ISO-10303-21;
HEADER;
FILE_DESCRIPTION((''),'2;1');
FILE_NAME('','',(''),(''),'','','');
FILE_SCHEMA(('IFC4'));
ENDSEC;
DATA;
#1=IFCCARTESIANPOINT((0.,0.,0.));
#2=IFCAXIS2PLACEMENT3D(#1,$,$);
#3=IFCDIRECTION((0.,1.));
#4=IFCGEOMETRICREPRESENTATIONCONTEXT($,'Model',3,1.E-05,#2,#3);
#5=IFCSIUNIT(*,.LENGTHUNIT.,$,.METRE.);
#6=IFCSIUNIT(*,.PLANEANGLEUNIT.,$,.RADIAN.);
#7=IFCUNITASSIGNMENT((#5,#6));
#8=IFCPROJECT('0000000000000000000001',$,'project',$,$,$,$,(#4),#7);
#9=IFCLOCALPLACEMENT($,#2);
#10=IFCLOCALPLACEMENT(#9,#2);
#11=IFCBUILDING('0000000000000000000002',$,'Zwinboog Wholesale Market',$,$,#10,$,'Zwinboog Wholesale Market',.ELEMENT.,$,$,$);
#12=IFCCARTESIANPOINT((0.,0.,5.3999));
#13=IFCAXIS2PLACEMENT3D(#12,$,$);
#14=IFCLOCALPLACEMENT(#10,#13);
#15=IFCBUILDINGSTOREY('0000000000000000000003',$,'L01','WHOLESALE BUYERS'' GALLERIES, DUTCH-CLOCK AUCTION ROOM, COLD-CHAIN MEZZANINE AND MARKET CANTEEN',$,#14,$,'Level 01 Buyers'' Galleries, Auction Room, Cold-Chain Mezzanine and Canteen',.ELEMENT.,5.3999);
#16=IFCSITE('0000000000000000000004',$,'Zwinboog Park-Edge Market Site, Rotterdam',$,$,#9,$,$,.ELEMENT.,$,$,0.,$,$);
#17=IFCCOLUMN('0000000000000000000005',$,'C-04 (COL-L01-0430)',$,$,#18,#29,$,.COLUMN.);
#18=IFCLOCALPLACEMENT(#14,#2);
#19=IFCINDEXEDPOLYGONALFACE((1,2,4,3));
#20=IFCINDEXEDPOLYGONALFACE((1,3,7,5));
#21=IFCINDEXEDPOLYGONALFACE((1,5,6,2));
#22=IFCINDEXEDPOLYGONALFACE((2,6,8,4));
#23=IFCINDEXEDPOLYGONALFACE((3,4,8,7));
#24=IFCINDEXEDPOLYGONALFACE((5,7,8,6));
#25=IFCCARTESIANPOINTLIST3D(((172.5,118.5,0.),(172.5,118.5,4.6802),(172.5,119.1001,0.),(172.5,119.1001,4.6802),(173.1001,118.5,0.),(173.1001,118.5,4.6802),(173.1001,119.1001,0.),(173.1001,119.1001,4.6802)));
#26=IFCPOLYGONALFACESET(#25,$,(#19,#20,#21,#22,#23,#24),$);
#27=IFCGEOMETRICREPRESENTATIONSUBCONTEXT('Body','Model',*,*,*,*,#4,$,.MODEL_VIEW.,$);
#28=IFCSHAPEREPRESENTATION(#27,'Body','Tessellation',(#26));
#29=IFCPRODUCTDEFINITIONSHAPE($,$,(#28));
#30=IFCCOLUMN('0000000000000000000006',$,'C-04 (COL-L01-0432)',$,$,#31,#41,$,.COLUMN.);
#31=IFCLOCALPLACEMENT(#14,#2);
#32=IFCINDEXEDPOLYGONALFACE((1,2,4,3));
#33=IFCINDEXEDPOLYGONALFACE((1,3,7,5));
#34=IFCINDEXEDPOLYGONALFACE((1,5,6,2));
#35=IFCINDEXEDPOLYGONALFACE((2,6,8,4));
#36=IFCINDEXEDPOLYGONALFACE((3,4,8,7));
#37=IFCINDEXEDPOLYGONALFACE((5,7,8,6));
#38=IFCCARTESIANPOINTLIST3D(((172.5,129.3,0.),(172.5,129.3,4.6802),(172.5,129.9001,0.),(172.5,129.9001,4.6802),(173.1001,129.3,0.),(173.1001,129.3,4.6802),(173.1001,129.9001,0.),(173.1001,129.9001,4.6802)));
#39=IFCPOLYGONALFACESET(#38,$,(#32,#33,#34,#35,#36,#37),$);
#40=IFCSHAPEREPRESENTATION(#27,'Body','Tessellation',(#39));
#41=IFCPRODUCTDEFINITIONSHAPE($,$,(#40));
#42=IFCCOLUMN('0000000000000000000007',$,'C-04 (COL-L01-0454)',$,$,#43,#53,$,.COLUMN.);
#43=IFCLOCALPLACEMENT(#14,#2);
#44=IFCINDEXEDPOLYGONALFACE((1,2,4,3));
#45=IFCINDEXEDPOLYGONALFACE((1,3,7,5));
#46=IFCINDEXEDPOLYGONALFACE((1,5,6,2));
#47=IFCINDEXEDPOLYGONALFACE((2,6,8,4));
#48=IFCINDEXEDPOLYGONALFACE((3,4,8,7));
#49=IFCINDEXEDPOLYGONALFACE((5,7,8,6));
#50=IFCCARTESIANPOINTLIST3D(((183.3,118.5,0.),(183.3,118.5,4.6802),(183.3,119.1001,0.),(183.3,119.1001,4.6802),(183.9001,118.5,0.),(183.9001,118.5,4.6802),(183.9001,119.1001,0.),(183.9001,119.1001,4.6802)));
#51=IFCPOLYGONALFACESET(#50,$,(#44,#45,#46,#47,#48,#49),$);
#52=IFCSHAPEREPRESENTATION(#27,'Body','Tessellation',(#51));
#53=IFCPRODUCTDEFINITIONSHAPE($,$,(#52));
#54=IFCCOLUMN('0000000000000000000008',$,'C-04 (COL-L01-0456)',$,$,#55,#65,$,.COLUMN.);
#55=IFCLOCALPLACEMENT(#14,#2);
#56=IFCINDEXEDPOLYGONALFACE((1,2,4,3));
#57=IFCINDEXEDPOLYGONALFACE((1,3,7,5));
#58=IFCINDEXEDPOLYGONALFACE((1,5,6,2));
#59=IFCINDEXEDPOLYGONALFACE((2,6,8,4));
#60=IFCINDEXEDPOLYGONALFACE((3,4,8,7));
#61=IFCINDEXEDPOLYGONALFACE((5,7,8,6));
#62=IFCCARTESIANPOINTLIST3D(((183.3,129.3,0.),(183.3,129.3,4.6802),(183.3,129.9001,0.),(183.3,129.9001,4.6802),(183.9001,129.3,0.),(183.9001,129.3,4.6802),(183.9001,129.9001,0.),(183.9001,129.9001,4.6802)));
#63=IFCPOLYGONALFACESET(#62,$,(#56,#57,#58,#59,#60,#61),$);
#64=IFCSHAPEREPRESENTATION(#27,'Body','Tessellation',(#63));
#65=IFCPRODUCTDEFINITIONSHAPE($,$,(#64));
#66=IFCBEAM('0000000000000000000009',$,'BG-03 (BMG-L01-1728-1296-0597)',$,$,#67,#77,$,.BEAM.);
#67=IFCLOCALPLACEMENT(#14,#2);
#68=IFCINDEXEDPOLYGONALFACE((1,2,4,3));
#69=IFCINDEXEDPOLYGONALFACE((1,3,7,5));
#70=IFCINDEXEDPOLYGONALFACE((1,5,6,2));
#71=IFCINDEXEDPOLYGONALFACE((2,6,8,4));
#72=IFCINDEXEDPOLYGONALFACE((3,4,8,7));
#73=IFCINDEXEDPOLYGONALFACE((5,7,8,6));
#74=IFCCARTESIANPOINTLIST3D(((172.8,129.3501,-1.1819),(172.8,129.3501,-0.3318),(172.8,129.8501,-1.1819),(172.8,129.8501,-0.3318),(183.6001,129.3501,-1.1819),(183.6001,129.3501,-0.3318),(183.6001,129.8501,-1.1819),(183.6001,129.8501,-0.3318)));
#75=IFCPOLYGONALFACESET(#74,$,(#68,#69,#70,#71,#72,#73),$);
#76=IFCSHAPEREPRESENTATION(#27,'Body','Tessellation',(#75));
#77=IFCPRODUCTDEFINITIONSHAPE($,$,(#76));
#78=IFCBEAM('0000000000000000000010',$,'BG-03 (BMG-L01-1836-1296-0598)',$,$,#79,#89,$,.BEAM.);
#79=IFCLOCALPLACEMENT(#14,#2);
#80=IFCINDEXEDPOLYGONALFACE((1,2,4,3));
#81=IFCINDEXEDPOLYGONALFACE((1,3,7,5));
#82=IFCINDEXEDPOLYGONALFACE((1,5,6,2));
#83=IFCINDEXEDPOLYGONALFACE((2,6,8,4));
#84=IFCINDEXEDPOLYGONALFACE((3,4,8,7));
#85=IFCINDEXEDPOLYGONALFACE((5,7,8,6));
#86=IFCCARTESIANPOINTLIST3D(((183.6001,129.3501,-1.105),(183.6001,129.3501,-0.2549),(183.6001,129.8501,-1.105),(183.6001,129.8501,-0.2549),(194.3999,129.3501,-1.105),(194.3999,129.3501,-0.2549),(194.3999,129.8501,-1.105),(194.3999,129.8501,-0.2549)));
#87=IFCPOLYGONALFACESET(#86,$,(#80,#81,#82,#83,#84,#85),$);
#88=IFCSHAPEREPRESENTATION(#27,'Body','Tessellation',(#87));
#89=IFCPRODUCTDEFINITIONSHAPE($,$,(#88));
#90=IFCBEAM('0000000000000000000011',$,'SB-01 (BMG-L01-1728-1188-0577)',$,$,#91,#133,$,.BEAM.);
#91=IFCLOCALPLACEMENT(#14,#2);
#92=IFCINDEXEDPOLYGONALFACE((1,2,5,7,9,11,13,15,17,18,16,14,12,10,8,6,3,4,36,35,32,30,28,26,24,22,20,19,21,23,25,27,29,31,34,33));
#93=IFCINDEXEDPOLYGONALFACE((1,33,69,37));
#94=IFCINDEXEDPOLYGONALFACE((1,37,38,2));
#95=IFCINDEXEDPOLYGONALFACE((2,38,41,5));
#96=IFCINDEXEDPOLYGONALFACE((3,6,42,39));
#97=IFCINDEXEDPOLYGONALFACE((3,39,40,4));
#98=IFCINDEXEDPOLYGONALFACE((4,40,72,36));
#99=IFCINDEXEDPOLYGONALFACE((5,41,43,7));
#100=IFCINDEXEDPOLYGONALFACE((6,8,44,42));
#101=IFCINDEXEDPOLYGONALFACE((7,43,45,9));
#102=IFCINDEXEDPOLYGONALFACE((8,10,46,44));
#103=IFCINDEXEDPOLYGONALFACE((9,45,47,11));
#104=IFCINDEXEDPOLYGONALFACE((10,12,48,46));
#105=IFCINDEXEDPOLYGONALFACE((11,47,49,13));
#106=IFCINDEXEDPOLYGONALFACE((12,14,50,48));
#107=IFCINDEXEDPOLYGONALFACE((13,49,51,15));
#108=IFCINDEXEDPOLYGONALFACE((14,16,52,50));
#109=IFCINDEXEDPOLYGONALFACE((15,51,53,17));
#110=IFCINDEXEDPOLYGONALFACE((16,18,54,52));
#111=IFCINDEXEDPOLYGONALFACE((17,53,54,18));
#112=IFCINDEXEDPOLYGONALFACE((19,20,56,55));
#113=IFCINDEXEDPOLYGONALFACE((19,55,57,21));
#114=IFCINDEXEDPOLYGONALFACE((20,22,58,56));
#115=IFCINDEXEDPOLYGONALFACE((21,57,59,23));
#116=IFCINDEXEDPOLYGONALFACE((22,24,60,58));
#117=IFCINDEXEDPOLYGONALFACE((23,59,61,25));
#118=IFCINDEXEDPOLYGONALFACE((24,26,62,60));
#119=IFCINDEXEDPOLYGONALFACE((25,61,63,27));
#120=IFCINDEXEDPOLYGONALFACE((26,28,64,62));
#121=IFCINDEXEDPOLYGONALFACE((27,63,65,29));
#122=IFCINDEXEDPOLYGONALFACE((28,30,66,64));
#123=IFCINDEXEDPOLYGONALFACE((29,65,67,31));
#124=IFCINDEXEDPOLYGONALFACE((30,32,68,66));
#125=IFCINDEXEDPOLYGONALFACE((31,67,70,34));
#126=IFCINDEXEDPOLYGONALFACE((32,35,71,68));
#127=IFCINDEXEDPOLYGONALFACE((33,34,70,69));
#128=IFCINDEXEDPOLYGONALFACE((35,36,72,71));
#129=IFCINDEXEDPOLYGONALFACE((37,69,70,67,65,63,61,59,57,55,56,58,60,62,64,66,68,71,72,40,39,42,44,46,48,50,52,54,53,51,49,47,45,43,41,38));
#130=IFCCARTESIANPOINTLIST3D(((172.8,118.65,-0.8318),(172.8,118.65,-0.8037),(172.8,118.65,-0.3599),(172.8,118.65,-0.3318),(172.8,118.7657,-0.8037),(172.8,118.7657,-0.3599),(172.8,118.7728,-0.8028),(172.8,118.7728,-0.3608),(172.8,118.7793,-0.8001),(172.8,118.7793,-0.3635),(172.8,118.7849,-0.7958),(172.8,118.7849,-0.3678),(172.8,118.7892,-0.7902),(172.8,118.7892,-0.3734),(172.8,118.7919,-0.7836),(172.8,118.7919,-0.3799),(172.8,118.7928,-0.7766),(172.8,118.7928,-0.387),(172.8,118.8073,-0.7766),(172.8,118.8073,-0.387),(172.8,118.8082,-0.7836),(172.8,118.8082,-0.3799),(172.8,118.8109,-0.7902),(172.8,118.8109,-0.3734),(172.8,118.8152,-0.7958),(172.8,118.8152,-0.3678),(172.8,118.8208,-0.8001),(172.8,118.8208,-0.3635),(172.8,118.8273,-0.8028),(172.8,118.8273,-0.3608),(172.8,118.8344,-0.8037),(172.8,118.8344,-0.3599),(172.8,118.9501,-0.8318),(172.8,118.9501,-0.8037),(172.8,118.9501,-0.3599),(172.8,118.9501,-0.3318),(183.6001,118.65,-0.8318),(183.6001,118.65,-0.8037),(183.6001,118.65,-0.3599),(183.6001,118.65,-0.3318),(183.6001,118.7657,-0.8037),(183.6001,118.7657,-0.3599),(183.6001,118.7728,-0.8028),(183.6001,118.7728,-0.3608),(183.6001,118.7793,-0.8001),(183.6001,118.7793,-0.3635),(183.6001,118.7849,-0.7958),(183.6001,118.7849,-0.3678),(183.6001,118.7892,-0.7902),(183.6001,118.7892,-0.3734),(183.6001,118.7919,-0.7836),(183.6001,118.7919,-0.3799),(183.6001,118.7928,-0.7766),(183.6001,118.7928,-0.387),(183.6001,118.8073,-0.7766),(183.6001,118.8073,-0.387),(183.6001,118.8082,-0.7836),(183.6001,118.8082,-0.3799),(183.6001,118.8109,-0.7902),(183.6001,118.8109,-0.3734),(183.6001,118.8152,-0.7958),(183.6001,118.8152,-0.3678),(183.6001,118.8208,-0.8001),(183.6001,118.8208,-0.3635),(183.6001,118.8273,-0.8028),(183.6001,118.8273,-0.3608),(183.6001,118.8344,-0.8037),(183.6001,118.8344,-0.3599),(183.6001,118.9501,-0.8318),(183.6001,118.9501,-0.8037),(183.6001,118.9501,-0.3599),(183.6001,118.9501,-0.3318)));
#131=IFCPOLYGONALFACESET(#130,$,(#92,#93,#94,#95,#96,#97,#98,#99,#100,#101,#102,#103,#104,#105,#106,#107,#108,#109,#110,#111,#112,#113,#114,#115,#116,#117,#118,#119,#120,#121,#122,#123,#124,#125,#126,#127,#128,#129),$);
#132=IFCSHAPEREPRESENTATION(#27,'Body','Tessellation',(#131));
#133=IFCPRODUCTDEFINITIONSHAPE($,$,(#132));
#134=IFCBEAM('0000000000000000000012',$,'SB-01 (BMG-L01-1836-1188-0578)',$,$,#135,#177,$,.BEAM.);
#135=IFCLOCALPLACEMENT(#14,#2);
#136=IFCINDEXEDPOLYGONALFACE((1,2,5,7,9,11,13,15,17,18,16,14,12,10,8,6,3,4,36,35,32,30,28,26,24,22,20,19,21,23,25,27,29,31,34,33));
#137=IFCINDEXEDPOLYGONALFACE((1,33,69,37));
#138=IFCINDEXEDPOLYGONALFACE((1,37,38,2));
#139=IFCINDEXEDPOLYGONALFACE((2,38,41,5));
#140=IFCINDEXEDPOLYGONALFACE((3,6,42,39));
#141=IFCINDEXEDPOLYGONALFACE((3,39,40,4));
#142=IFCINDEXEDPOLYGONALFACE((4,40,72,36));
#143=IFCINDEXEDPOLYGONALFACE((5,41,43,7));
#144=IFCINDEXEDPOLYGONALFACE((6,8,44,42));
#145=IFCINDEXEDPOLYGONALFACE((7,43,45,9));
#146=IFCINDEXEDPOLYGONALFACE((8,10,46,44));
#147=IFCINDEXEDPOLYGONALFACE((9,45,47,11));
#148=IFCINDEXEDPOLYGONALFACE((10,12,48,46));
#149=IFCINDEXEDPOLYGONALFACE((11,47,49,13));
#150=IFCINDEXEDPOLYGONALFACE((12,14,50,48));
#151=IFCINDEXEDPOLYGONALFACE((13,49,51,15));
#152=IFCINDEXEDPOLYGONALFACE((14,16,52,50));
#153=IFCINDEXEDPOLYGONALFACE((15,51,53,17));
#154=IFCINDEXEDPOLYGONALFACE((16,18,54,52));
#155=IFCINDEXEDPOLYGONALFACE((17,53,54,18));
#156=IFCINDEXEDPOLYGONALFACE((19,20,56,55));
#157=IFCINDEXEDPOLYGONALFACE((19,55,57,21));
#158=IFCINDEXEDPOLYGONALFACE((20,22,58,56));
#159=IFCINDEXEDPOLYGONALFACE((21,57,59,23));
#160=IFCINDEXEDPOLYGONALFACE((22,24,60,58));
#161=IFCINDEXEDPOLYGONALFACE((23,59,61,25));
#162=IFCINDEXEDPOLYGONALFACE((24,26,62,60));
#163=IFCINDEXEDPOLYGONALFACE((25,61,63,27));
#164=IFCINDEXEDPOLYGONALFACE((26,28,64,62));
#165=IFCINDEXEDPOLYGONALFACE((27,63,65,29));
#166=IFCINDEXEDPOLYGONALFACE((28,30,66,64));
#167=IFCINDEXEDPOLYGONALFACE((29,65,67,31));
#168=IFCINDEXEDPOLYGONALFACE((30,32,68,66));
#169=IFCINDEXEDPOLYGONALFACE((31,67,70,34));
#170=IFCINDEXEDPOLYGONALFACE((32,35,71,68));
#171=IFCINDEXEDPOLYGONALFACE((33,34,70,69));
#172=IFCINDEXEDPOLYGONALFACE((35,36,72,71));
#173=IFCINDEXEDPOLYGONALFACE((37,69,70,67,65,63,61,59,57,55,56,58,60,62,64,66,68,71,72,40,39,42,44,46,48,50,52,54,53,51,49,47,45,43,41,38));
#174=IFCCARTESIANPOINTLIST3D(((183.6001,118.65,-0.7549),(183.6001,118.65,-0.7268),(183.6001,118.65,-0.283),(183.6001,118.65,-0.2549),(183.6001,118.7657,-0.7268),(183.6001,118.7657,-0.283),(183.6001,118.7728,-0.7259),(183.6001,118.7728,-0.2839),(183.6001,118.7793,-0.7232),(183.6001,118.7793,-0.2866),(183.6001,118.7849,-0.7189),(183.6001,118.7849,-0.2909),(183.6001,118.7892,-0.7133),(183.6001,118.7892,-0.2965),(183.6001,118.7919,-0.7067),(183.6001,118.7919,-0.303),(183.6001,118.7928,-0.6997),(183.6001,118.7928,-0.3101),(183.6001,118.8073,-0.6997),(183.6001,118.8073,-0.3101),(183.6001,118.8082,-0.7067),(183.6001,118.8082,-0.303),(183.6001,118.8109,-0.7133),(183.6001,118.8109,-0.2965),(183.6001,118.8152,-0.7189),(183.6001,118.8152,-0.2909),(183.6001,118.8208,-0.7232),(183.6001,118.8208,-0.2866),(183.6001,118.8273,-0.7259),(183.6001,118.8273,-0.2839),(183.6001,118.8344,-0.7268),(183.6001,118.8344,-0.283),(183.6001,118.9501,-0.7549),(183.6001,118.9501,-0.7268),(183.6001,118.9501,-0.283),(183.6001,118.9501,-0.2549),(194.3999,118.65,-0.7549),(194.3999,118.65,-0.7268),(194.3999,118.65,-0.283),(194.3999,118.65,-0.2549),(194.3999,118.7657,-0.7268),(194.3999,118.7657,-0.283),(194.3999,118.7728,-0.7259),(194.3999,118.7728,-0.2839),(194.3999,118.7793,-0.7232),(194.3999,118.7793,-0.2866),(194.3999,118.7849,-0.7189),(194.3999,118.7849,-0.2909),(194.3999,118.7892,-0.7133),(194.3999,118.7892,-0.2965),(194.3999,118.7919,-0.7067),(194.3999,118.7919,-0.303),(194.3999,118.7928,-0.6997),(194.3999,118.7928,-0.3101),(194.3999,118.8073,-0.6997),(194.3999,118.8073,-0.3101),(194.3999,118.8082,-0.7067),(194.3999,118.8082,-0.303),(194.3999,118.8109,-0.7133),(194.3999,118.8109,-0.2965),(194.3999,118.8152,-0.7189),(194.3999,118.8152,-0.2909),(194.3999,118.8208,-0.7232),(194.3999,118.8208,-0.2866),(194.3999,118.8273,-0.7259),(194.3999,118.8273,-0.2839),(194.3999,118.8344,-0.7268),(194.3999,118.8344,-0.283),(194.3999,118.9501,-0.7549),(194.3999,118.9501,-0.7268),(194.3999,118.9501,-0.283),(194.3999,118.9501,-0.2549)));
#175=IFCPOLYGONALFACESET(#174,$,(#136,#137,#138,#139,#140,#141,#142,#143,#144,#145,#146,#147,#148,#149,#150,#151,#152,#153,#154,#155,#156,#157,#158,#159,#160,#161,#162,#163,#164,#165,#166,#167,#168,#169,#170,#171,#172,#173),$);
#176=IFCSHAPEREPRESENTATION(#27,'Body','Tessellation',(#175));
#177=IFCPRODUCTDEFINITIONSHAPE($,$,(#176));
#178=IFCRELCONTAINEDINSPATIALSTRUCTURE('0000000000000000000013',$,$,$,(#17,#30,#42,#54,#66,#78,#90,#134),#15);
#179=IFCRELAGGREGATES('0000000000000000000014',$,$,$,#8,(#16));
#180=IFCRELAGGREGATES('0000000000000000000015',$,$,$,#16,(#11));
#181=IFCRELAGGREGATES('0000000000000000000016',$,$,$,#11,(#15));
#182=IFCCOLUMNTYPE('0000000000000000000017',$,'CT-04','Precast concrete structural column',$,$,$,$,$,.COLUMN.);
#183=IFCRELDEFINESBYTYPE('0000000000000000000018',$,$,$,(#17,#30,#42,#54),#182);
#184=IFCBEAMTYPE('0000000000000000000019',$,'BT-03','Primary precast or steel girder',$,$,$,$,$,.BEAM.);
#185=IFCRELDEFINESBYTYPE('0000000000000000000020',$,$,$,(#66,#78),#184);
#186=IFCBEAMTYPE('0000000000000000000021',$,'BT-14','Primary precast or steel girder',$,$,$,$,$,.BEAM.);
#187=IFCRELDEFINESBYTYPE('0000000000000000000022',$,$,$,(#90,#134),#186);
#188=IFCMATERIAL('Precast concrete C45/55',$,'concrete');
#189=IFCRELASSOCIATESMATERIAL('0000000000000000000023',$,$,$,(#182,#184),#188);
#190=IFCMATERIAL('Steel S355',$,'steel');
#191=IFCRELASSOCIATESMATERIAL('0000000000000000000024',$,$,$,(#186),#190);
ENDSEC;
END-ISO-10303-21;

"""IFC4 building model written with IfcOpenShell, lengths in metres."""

from ifc_helpers import new_model, si_unit, direction, frame, origin, origin_2d, place, context, subcontext, project, spatial, rectangle, i_section, extrude, material, material_profile, profile_set, type_object, element, save


model = new_model("IFC4")

# Units and contexts
model_context = context("Model", 3, precision=1e-05, world=origin(), true_north=direction((0.0, 1.0)))
body_context = subcontext(model_context, "Body", "Model", "MODEL_VIEW")
ifc_project = project(units=[si_unit("LENGTHUNIT", "METRE"), si_unit("PLANEANGLEUNIT", "RADIAN")], contexts=[model_context])

# Site, building, storey
site_placement = place(None, origin())
site = spatial("IfcSite", under=ifc_project, at=site_placement, Name="Zwinboog Park-Edge Market Site, Rotterdam", CompositionType="ELEMENT", RefElevation=0.0)
building_placement = place(site_placement, origin())
building = spatial("IfcBuilding", under=site, at=building_placement, Name="Zwinboog Wholesale Market", LongName="Zwinboog Wholesale Market", CompositionType="ELEMENT")
storey_placement = place(building_placement, frame((0.0, 0.0, 5.3999)))
storey = spatial("IfcBuildingStorey", under=building, at=storey_placement, Name="L01", Description="WHOLESALE BUYERS' GALLERIES, DUTCH-CLOCK AUCTION ROOM, COLD-CHAIN MEZZANINE AND MARKET CANTEEN", LongName="Level 01 Buyers' Galleries, Auction Room, Cold-Chain Mezzanine and Canteen", CompositionType="ELEMENT", Elevation=5.3999)

# Columns
ifc_material_1 = material(Name="Precast concrete C45/55", Category="concrete")
ifc_material_profile_1 = material_profile(ifc_material_1, rectangle(XDim=0.6001, YDim=0.6001, at=origin_2d()), Name="PC 600x600")
ifc_profile_set_1 = profile_set([ifc_material_profile_1], Name="Precast concrete C45/55")
column_type = type_object("IfcColumnType", Name="CT-04", Description="Precast concrete structural column", PredefinedType="COLUMN", material=ifc_profile_set_1)
for number, where, z_axis, x_axis, name in (
    (1, (172.8, 118.8, 0.0), (0.0, 0.0, 1.0), (1.0, 0.0, 0.0), "C-04 (COL-L01-0430)"),
    (2, (172.8, 129.6001, 0.0), (0.0, 0.0, 1.0), (1.0, 0.0, 0.0), "C-04 (COL-L01-0432)"),
    (3, (183.6001, 118.8, 0.0), (0.0, 0.0, 1.0), (1.0, 0.0, 0.0), "C-04 (COL-L01-0454)"),
    (4, (183.6001, 129.6001, 0.0), (0.0, 0.0, 1.0), (1.0, 0.0, 0.0), "C-04 (COL-L01-0456)"),
):
    element("IfcColumn", number, at=place(storey_placement, frame(where, z_axis=z_axis, x_axis=x_axis)), inside=storey, type_object=column_type, Name=name, PredefinedType="COLUMN", context=body_context, shape_type="SweptSolid", body=[
        extrude(rectangle(XDim=0.6001, YDim=0.6001, at=origin_2d()), origin(), (0.0, 0.0, 1.0), 4.6802),
    ])

# Beams
ifc_material_profile_2 = material_profile(ifc_material_1, rectangle(XDim=0.5, YDim=0.8501, at=origin_2d()), Name="PC 500x850")
ifc_profile_set_2 = profile_set([ifc_material_profile_2], Name="Precast concrete C45/55")
beam_type_1 = type_object("IfcBeamType", Name="BT-03", Description="Primary precast or steel girder", PredefinedType="BEAM", material=ifc_profile_set_2)
beam_1_placement = place(storey_placement, frame((172.8, 129.6001, -0.7568), z_axis=(1.0, 0.0, 0.0), x_axis=(0.0, 1.0, 0.0)))
element("IfcBeam", 5, at=beam_1_placement, inside=storey, type_object=beam_type_1, Name="BG-03 (BMG-L01-1728-1296-0597)", PredefinedType="BEAM", context=body_context, shape_type="SweptSolid", body=[
    extrude(rectangle(XDim=0.5, YDim=0.8501, at=origin_2d()), origin(), (0.0, 0.0, 1.0), 10.8),
])
beam_2_placement = place(storey_placement, frame((183.6001, 129.6001, -0.6799), z_axis=(1.0, 0.0, 0.0), x_axis=(0.0, 1.0, 0.0)))
element("IfcBeam", 6, at=beam_2_placement, inside=storey, type_object=beam_type_1, Name="BG-03 (BMG-L01-1836-1296-0598)", PredefinedType="BEAM", context=body_context, shape_type="SweptSolid", body=[
    extrude(rectangle(XDim=0.5, YDim=0.8501, at=origin_2d()), origin(), (0.0, 0.0, 1.0), 10.7998),
])
ifc_material_2 = material(Name="Steel S355", Category="steel")
ifc_material_profile_3 = material_profile(ifc_material_2, i_section(OverallWidth=0.3, OverallDepth=0.5, WebThickness=0.0144, FlangeThickness=0.0281, FilletRadius=0.0271, at=origin_2d()), Name="HEB 500")
ifc_profile_set_3 = profile_set([ifc_material_profile_3], Name="Steel S355")
beam_type_2 = type_object("IfcBeamType", Name="BT-14", Description="Primary precast or steel girder", PredefinedType="BEAM", material=ifc_profile_set_3)
beam_3_placement = place(storey_placement, frame((172.8, 118.8, -0.5818), z_axis=(1.0, 0.0, 0.0), x_axis=(0.0, 1.0, 0.0)))
element("IfcBeam", 7, at=beam_3_placement, inside=storey, type_object=beam_type_2, Name="SB-01 (BMG-L01-1728-1188-0577)", PredefinedType="BEAM", context=body_context, shape_type="SweptSolid", body=[
    extrude(i_section(OverallWidth=0.3, OverallDepth=0.5, WebThickness=0.0144, FlangeThickness=0.0281, FilletRadius=0.0271, at=origin_2d()), origin(), (0.0, 0.0, 1.0), 10.8),
])
beam_4_placement = place(storey_placement, frame((183.6001, 118.8, -0.5049), z_axis=(1.0, 0.0, 0.0), x_axis=(0.0, 1.0, 0.0)))
element("IfcBeam", 8, at=beam_4_placement, inside=storey, type_object=beam_type_2, Name="SB-01 (BMG-L01-1836-1188-0578)", PredefinedType="BEAM", context=body_context, shape_type="SweptSolid", body=[
    extrude(i_section(OverallWidth=0.3, OverallDepth=0.5, WebThickness=0.0144, FlangeThickness=0.0281, FilletRadius=0.0271, at=origin_2d()), origin(), (0.0, 0.0, 1.0), 10.7998),
])

save(model, "model.ifc")
